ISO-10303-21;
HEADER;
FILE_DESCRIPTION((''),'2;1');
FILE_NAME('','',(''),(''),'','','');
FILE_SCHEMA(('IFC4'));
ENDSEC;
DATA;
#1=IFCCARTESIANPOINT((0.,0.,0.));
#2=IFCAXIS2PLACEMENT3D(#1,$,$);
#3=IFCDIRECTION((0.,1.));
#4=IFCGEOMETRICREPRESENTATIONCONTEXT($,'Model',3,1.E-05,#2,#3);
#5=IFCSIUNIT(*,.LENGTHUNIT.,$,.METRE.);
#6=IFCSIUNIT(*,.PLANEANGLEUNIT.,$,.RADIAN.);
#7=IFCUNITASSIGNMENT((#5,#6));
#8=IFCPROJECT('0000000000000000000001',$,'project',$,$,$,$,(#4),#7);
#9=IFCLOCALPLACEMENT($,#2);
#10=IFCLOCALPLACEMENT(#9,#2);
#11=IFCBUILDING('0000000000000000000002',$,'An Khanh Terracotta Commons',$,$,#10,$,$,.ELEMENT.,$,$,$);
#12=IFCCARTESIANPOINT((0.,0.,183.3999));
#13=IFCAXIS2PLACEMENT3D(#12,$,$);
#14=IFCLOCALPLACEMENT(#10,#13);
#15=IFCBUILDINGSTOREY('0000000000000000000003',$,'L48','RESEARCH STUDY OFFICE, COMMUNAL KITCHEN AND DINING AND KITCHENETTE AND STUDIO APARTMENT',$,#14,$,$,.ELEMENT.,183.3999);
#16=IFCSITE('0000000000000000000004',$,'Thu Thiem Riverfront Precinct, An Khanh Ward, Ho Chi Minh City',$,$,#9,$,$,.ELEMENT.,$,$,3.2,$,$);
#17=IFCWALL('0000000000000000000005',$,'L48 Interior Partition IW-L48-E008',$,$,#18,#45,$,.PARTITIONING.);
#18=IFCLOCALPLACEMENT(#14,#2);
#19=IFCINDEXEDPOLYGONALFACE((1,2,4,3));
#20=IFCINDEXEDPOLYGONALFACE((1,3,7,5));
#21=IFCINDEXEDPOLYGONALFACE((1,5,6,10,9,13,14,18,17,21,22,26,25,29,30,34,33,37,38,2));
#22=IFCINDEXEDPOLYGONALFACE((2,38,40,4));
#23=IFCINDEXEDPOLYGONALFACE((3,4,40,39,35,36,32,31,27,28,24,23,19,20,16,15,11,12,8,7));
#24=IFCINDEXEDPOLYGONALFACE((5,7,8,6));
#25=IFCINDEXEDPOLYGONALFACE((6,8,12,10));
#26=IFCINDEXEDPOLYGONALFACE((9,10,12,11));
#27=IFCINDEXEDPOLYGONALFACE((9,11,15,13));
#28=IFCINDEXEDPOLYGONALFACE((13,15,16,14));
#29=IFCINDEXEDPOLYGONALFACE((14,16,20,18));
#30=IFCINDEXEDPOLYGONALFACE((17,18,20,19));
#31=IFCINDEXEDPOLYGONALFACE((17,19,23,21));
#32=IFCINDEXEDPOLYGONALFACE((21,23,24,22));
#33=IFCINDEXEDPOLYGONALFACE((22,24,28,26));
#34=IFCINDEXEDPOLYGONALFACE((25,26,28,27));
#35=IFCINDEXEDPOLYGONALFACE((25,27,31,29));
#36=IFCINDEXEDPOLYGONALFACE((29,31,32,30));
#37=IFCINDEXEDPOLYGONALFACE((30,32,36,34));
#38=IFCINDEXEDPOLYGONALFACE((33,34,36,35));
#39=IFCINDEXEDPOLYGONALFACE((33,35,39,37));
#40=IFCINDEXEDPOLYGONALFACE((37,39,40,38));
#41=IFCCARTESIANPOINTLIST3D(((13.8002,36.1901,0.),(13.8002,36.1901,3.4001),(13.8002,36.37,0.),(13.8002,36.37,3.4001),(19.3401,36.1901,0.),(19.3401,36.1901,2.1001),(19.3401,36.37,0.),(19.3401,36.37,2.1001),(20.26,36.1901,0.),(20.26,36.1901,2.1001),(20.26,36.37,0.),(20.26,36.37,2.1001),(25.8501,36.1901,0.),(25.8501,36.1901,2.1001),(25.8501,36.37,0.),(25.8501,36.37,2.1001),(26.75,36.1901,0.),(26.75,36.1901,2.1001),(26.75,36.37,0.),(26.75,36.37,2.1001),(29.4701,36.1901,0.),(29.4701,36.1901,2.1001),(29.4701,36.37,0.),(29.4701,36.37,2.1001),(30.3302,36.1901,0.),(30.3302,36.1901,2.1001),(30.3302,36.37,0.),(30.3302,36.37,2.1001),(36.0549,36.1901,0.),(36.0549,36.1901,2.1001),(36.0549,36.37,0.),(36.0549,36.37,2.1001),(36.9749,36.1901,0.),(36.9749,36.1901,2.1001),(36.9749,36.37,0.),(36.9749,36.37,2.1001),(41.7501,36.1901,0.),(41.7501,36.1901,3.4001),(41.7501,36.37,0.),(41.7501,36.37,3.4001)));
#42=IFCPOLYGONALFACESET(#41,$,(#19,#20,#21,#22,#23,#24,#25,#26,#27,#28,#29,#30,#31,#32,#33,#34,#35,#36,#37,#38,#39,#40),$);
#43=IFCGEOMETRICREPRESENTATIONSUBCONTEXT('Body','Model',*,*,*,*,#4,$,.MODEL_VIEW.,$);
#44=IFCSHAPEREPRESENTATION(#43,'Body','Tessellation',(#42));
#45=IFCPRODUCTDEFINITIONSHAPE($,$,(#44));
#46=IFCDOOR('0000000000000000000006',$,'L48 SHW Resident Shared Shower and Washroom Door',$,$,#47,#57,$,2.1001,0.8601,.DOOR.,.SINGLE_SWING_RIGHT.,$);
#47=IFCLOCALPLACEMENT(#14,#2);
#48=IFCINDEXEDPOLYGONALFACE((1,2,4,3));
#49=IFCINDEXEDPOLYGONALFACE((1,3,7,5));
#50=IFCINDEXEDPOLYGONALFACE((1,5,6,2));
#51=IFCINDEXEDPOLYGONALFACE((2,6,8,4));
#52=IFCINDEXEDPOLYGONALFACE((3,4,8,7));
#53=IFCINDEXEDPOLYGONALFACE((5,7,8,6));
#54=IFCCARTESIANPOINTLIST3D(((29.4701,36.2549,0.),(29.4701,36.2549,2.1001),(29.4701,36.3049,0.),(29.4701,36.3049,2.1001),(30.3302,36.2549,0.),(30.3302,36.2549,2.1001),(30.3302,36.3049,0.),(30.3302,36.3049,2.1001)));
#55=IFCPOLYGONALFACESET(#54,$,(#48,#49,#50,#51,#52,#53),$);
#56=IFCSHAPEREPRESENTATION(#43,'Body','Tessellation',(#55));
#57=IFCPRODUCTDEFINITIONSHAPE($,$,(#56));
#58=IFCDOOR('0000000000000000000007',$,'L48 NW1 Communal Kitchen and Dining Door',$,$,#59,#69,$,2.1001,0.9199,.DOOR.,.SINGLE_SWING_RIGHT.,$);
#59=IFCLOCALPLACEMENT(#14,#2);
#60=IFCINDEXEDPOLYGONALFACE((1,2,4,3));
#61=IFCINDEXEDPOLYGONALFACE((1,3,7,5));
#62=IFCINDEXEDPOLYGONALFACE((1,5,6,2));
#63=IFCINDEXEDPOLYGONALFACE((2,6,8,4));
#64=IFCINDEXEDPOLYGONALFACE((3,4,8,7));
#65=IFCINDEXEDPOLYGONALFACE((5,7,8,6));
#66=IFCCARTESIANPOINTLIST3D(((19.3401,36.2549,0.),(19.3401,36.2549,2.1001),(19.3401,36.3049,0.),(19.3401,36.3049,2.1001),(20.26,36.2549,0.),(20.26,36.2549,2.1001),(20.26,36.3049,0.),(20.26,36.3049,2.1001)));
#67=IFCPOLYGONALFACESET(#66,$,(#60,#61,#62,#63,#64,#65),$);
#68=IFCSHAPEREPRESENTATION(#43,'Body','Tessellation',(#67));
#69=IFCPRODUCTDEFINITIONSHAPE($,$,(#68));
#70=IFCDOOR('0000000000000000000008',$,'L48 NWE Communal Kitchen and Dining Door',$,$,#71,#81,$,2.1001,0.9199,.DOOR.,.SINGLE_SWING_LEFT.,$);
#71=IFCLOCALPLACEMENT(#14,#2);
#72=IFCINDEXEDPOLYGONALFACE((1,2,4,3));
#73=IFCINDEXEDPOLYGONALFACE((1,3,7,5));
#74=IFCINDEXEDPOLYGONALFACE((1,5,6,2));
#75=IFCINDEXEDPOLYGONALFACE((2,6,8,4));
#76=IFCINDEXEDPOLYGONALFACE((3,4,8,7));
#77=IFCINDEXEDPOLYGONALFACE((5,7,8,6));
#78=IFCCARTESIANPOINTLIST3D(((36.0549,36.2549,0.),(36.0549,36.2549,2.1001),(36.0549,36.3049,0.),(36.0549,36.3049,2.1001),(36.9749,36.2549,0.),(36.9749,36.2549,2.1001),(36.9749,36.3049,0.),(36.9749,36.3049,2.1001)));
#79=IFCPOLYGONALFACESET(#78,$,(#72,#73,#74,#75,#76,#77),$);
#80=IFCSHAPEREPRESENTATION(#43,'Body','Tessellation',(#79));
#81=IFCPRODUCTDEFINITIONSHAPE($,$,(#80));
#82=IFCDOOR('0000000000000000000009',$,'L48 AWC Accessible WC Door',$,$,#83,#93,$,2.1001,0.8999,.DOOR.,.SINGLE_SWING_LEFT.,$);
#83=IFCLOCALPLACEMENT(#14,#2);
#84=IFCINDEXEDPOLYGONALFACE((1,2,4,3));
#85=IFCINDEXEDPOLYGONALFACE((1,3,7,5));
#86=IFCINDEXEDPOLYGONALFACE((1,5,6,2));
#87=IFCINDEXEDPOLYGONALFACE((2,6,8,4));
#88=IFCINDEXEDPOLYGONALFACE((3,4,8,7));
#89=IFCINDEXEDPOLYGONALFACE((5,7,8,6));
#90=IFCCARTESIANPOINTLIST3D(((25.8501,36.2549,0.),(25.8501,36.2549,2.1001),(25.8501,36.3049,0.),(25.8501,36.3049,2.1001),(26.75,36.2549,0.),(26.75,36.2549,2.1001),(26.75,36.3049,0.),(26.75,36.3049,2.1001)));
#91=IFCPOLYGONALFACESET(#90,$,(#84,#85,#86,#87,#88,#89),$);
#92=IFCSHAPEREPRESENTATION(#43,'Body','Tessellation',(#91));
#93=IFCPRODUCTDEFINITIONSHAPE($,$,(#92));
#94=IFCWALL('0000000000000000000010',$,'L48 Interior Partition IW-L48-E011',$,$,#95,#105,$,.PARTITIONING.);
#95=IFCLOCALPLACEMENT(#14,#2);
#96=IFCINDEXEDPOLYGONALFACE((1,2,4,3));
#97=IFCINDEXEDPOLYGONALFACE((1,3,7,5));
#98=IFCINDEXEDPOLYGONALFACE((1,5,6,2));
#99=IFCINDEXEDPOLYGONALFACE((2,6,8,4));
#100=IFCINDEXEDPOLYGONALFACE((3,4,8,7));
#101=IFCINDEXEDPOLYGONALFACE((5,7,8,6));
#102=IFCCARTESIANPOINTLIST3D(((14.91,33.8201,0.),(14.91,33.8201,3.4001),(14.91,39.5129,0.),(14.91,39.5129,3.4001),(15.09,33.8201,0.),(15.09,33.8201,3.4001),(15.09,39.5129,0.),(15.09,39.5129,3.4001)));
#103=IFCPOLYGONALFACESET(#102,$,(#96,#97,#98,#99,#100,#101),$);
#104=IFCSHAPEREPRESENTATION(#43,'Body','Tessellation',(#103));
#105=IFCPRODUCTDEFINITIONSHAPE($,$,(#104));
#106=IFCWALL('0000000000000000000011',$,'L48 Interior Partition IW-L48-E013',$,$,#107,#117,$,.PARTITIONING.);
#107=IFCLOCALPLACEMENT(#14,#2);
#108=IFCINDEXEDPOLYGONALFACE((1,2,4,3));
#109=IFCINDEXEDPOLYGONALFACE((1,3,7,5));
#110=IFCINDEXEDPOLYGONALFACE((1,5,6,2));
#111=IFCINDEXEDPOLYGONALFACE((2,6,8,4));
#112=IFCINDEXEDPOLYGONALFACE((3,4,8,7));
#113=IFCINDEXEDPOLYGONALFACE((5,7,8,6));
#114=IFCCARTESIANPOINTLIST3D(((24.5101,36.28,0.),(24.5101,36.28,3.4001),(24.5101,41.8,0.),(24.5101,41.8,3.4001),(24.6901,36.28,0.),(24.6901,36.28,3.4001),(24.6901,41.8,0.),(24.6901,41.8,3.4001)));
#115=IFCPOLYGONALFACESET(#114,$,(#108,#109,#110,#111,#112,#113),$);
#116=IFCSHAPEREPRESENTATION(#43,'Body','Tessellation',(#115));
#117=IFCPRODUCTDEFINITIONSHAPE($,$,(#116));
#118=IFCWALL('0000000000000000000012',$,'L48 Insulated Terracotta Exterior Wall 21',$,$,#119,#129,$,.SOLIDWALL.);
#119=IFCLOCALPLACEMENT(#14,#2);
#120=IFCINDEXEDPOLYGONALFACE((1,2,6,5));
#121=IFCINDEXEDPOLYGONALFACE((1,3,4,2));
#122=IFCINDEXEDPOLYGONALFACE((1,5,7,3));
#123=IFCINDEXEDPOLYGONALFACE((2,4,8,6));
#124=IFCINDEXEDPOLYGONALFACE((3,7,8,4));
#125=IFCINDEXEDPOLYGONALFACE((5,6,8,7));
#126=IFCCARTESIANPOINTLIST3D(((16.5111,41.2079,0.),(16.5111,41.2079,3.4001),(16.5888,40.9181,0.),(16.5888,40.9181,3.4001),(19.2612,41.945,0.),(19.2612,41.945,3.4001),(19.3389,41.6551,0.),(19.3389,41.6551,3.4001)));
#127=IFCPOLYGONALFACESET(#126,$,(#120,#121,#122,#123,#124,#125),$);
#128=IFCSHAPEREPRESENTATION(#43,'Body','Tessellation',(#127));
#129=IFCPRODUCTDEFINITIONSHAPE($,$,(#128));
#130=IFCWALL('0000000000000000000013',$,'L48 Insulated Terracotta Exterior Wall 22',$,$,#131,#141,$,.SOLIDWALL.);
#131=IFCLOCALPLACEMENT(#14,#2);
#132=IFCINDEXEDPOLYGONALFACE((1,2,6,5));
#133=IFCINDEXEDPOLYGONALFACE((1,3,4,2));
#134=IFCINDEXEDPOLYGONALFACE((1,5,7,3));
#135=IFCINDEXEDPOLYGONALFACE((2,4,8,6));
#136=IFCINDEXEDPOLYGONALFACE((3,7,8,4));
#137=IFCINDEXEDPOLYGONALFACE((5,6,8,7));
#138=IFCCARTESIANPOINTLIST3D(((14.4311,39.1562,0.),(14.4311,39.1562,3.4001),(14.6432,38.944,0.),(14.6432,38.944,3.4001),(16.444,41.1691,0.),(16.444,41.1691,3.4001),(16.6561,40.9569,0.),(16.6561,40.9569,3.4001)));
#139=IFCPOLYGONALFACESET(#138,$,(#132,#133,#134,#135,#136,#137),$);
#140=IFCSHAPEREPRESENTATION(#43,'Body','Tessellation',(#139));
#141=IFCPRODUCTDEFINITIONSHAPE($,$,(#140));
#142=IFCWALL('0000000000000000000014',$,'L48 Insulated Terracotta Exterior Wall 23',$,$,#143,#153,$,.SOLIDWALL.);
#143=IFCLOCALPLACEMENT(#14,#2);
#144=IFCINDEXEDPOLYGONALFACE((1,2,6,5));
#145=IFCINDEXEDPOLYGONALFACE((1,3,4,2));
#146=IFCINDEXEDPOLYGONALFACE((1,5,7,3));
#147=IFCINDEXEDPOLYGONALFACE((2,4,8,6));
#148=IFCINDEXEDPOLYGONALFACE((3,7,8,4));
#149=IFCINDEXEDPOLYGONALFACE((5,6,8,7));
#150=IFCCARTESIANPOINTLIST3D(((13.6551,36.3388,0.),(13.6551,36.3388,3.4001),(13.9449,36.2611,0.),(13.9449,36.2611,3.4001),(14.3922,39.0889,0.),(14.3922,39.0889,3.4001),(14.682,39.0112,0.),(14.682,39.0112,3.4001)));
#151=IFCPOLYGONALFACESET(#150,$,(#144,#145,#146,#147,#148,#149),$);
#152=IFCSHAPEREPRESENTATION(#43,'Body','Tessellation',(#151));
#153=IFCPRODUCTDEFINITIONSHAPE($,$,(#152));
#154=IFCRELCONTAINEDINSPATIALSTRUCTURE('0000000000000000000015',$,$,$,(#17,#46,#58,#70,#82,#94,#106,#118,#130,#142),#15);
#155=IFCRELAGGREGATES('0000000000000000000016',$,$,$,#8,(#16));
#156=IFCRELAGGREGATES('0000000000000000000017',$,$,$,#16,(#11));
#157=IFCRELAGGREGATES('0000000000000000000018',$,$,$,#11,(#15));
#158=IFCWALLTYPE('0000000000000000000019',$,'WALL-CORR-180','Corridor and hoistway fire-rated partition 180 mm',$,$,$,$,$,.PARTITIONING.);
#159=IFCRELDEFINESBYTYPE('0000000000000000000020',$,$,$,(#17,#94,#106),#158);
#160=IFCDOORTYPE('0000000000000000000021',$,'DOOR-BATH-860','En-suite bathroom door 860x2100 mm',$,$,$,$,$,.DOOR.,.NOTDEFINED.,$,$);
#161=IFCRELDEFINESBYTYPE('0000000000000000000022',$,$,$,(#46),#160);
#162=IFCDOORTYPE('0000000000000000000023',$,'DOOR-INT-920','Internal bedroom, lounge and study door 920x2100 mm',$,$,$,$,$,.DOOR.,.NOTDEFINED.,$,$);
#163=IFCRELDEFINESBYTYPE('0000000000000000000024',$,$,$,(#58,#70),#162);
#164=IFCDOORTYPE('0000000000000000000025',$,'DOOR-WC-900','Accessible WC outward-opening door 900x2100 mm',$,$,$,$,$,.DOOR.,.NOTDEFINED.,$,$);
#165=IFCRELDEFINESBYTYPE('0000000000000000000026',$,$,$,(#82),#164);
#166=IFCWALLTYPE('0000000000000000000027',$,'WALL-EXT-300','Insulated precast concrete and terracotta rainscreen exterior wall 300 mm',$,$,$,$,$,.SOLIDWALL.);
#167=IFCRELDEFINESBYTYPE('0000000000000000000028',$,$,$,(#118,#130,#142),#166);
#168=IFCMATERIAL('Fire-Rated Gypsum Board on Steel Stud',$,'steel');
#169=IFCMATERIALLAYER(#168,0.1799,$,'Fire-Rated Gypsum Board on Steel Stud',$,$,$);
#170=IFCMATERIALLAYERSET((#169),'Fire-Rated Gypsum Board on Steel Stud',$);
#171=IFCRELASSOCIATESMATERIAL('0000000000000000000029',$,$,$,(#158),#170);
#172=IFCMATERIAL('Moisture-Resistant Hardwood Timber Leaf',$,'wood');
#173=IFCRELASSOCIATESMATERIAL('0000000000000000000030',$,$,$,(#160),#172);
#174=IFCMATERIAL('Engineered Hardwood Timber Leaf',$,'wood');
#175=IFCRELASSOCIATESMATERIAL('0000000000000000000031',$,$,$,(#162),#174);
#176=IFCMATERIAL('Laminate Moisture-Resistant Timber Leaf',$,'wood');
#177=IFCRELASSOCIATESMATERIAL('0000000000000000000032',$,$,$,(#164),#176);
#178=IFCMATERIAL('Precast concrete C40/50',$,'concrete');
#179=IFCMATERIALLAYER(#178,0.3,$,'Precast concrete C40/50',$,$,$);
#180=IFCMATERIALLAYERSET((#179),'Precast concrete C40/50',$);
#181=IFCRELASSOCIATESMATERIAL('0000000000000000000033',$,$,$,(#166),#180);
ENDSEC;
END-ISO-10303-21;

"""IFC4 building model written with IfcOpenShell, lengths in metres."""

from ifc_helpers import new_model, si_unit, direction, frame, frame_2d, origin, place, context, subcontext, project, spatial, rectangle, extrude, material, layer, layer_set, type_object, element, fill, save


model = new_model("IFC4")

# Units and contexts
model_context = context("Model", 3, precision=1e-05, world=origin(), true_north=direction((0.0, 1.0)))
body_context = subcontext(model_context, "Body", "Model", "MODEL_VIEW")
ifc_project = project(units=[si_unit("LENGTHUNIT", "METRE"), si_unit("PLANEANGLEUNIT", "RADIAN")], contexts=[model_context])

# Site, building, storey
site_placement = place(None, origin())
site = spatial("IfcSite", under=ifc_project, at=site_placement, Name="Thu Thiem Riverfront Precinct, An Khanh Ward, Ho Chi Minh City", CompositionType="ELEMENT", RefElevation=3.2)
building_placement = place(site_placement, origin())
building = spatial("IfcBuilding", under=site, at=building_placement, Name="An Khanh Terracotta Commons", CompositionType="ELEMENT")
storey_placement = place(building_placement, frame((0.0, 0.0, 183.3999)))
storey = spatial("IfcBuildingStorey", under=building, at=storey_placement, Name="L48", Description="RESEARCH STUDY OFFICE, COMMUNAL KITCHEN AND DINING AND KITCHENETTE AND STUDIO APARTMENT", CompositionType="ELEMENT", Elevation=183.3999)

# Shared definitions
ifc_material_1 = material(Name="Fire-Rated Gypsum Board on Steel Stud", Category="steel")
ifc_layer_1 = layer(ifc_material_1, 0.1799, Name="Fire-Rated Gypsum Board on Steel Stud")
ifc_layer_set_1 = layer_set([ifc_layer_1], Name="Fire-Rated Gypsum Board on Steel Stud")
wall_type_1 = type_object("IfcWallType", Name="WALL-CORR-180", Description="Corridor and hoistway fire-rated partition 180 mm", PredefinedType="PARTITIONING", material=ifc_layer_set_1)

# Wall, openings, doors
wall_1_placement = place(storey_placement, frame((13.8, 36.28, 0.0), z_axis=(0.0, 0.0, 1.0), x_axis=(1.0, 0.0, 0.0)))
wall_1 = element("IfcWall", 1, at=wall_1_placement, inside=storey, type_object=wall_type_1, Name="L48 Interior Partition IW-L48-E008", PredefinedType="PARTITIONING", context=body_context, shape_type="SweptSolid", body=[
    extrude(rectangle(XDim=27.95, YDim=0.1799, at=frame_2d((13.9751, 0.0))), origin(), (0.0, 0.0, 1.0), 3.4001),
])
opening_1_placement = place(wall_1_placement, frame((12.05, 0.0, 0.0)))
opening_1 = element("IfcOpeningElement", 2, at=opening_1_placement, cuts=wall_1, PredefinedType="OPENING", context=body_context, shape_type="SweptSolid", body=[
    extrude(rectangle(XDim=0.8999, YDim=2.1001, at=frame_2d((0.45, 1.05))), frame((0.0, 0.0999, 0.0), z_axis=(0.0, -1.0, 0.0), x_axis=(1.0, 0.0, 0.0)), (0.0, 0.0, 1.0), 0.2),
])
opening_2_placement = place(wall_1_placement, frame((15.6699, 0.0, 0.0)))
opening_2 = element("IfcOpeningElement", 3, at=opening_2_placement, cuts=wall_1, PredefinedType="OPENING", context=body_context, shape_type="SweptSolid", body=[
    extrude(rectangle(XDim=0.8601, YDim=2.1001, at=frame_2d((0.4302, 1.05))), frame((0.0, 0.0999, 0.0), z_axis=(0.0, -1.0, 0.0), x_axis=(1.0, 0.0, 0.0)), (0.0, 0.0, 1.0), 0.2),
])
opening_3_placement = place(wall_1_placement, frame((5.54, 0.0, 0.0)))
opening_3 = element("IfcOpeningElement", 4, at=opening_3_placement, cuts=wall_1, PredefinedType="OPENING", context=body_context, shape_type="SweptSolid", body=[
    extrude(rectangle(XDim=0.9199, YDim=2.1001, at=frame_2d((0.46, 1.05))), frame((0.0, 0.0999, 0.0), z_axis=(0.0, -1.0, 0.0), x_axis=(1.0, 0.0, 0.0)), (0.0, 0.0, 1.0), 0.2),
])
opening_4_placement = place(wall_1_placement, frame((22.2549, 0.0, 0.0)))
opening_4 = element("IfcOpeningElement", 5, at=opening_4_placement, cuts=wall_1, PredefinedType="OPENING", context=body_context, shape_type="SweptSolid", body=[
    extrude(rectangle(XDim=0.9199, YDim=2.1001, at=frame_2d((0.46, 1.05))), frame((0.0, 0.0999, 0.0), z_axis=(0.0, -1.0, 0.0), x_axis=(1.0, 0.0, 0.0)), (0.0, 0.0, 1.0), 0.2),
])
ifc_material_2 = material(Name="Moisture-Resistant Hardwood Timber Leaf", Category="wood")
door_type_1 = type_object("IfcDoorType", Name="DOOR-BATH-860", Description="En-suite bathroom door 860x2100 mm", OperationType="NOTDEFINED", PredefinedType="DOOR", material=ifc_material_2)
door_1_placement = place(opening_2_placement, origin())
door_1 = element("IfcDoor", 6, at=door_1_placement, inside=storey, type_object=door_type_1, Name="L48 SHW Resident Shared Shower and Washroom Door", OperationType="SINGLE_SWING_RIGHT", OverallHeight=2.1001, OverallWidth=0.8601, PredefinedType="DOOR", context=body_context, shape_type="SweptSolid", body=[
    extrude(rectangle(XDim=0.8601, YDim=2.1001, at=frame_2d((0.4302, 1.05))), frame((0.0, 0.0249, 0.0), z_axis=(0.0, -1.0, 0.0), x_axis=(1.0, 0.0, 0.0)), (0.0, 0.0, 1.0), 0.05),
])
fill(opening_2, door_1)
ifc_material_3 = material(Name="Engineered Hardwood Timber Leaf", Category="wood")
door_type_2 = type_object("IfcDoorType", Name="DOOR-INT-920", Description="Internal bedroom, lounge and study door 920x2100 mm", OperationType="NOTDEFINED", PredefinedType="DOOR", material=ifc_material_3)
door_2_placement = place(opening_3_placement, origin())
door_2 = element("IfcDoor", 7, at=door_2_placement, inside=storey, type_object=door_type_2, Name="L48 NW1 Communal Kitchen and Dining Door", OperationType="SINGLE_SWING_RIGHT", OverallHeight=2.1001, OverallWidth=0.9199, PredefinedType="DOOR", context=body_context, shape_type="SweptSolid", body=[
    extrude(rectangle(XDim=0.9199, YDim=2.1001, at=frame_2d((0.46, 1.05))), frame((0.0, 0.0249, 0.0), z_axis=(0.0, -1.0, 0.0), x_axis=(1.0, 0.0, 0.0)), (0.0, 0.0, 1.0), 0.05),
])
fill(opening_3, door_2)
door_3_placement = place(opening_4_placement, origin())
door_3 = element("IfcDoor", 8, at=door_3_placement, inside=storey, type_object=door_type_2, Name="L48 NWE Communal Kitchen and Dining Door", OperationType="SINGLE_SWING_LEFT", OverallHeight=2.1001, OverallWidth=0.9199, PredefinedType="DOOR", context=body_context, shape_type="SweptSolid", body=[
    extrude(rectangle(XDim=0.9199, YDim=2.1001, at=frame_2d((0.46, 1.05))), frame((0.0, 0.0249, 0.0), z_axis=(0.0, -1.0, 0.0), x_axis=(1.0, 0.0, 0.0)), (0.0, 0.0, 1.0), 0.05),
])
fill(opening_4, door_3)
ifc_material_4 = material(Name="Laminate Moisture-Resistant Timber Leaf", Category="wood")
door_type_3 = type_object("IfcDoorType", Name="DOOR-WC-900", Description="Accessible WC outward-opening door 900x2100 mm", OperationType="NOTDEFINED", PredefinedType="DOOR", material=ifc_material_4)
door_4_placement = place(opening_1_placement, origin())
door_4 = element("IfcDoor", 9, at=door_4_placement, inside=storey, type_object=door_type_3, Name="L48 AWC Accessible WC Door", OperationType="SINGLE_SWING_LEFT", OverallHeight=2.1001, OverallWidth=0.8999, PredefinedType="DOOR", context=body_context, shape_type="SweptSolid", body=[
    extrude(rectangle(XDim=0.8999, YDim=2.1001, at=frame_2d((0.45, 1.05))), frame((0.0, 0.0249, 0.0), z_axis=(0.0, -1.0, 0.0), x_axis=(1.0, 0.0, 0.0)), (0.0, 0.0, 1.0), 0.05),
])
fill(opening_1, door_4)

# Walls
wall_2_placement = place(storey_placement, frame((15.0, 33.8201, 0.0), z_axis=(0.0, 0.0, 1.0), x_axis=(0.0, 1.0, 0.0)))
element("IfcWall", 10, at=wall_2_placement, inside=storey, type_object=wall_type_1, Name="L48 Interior Partition IW-L48-E011", PredefinedType="PARTITIONING", context=body_context, shape_type="SweptSolid", body=[
    extrude(rectangle(XDim=5.6929, YDim=0.1799, at=frame_2d((2.8464, 0.0))), origin(), (0.0, 0.0, 1.0), 3.4001),
])
wall_3_placement = place(storey_placement, frame((24.6001, 36.28, 0.0), z_axis=(0.0, 0.0, 1.0), x_axis=(0.0, 1.0, 0.0)))
element("IfcWall", 11, at=wall_3_placement, inside=storey, type_object=wall_type_1, Name="L48 Interior Partition IW-L48-E013", PredefinedType="PARTITIONING", context=body_context, shape_type="SweptSolid", body=[
    extrude(rectangle(XDim=5.52, YDim=0.1799, at=frame_2d((2.76, 0.0))), origin(), (0.0, 0.0, 1.0), 3.4001),
])
ifc_material_5 = material(Name="Precast concrete C40/50", Category="concrete")
ifc_layer_2 = layer(ifc_material_5, 0.3, Name="Precast concrete C40/50")
ifc_layer_set_2 = layer_set([ifc_layer_2], Name="Precast concrete C40/50")
wall_type_2 = type_object("IfcWallType", Name="WALL-EXT-300", Description="Insulated precast concrete and terracotta rainscreen exterior wall 300 mm", PredefinedType="SOLIDWALL", material=ifc_layer_set_2)
wall_4_placement = place(storey_placement, frame((19.3, 41.8, 0.0), z_axis=(0.0, 0.0, 1.0), x_axis=(-0.965908, -0.258885, 0.0)))
element("IfcWall", 12, at=wall_4_placement, inside=storey, type_object=wall_type_2, Name="L48 Insulated Terracotta Exterior Wall 21", PredefinedType="SOLIDWALL", context=body_context, shape_type="SweptSolid", body=[
    extrude(rectangle(XDim=2.8472, YDim=0.3, at=frame_2d((1.4236, 0.0))), origin(), (0.0, 0.0, 1.0), 3.4001),
])
wall_5_placement = place(storey_placement, frame((16.55, 41.063, 0.0), z_axis=(0.0, 0.0, 1.0), x_axis=(-0.707107, -0.707107, 0.0)))
element("IfcWall", 13, at=wall_5_placement, inside=storey, type_object=wall_type_2, Name="L48 Insulated Terracotta Exterior Wall 22", PredefinedType="SOLIDWALL", context=body_context, shape_type="SweptSolid", body=[
    extrude(rectangle(XDim=2.8467, YDim=0.3, at=frame_2d((1.4233, 0.0))), origin(), (0.0, 0.0, 1.0), 3.4001),
])
wall_6_placement = place(storey_placement, frame((14.5371, 39.05, 0.0), z_axis=(0.0, 0.0, 1.0), x_axis=(-0.258885, -0.965908, 0.0)))
element("IfcWall", 14, at=wall_6_placement, inside=storey, type_object=wall_type_2, Name="L48 Insulated Terracotta Exterior Wall 23", PredefinedType="SOLIDWALL", context=body_context, shape_type="SweptSolid", body=[
    extrude(rectangle(XDim=2.8472, YDim=0.3, at=frame_2d((1.4236, 0.0))), origin(), (0.0, 0.0, 1.0), 3.4001),
])

save(model, "model.ifc")
